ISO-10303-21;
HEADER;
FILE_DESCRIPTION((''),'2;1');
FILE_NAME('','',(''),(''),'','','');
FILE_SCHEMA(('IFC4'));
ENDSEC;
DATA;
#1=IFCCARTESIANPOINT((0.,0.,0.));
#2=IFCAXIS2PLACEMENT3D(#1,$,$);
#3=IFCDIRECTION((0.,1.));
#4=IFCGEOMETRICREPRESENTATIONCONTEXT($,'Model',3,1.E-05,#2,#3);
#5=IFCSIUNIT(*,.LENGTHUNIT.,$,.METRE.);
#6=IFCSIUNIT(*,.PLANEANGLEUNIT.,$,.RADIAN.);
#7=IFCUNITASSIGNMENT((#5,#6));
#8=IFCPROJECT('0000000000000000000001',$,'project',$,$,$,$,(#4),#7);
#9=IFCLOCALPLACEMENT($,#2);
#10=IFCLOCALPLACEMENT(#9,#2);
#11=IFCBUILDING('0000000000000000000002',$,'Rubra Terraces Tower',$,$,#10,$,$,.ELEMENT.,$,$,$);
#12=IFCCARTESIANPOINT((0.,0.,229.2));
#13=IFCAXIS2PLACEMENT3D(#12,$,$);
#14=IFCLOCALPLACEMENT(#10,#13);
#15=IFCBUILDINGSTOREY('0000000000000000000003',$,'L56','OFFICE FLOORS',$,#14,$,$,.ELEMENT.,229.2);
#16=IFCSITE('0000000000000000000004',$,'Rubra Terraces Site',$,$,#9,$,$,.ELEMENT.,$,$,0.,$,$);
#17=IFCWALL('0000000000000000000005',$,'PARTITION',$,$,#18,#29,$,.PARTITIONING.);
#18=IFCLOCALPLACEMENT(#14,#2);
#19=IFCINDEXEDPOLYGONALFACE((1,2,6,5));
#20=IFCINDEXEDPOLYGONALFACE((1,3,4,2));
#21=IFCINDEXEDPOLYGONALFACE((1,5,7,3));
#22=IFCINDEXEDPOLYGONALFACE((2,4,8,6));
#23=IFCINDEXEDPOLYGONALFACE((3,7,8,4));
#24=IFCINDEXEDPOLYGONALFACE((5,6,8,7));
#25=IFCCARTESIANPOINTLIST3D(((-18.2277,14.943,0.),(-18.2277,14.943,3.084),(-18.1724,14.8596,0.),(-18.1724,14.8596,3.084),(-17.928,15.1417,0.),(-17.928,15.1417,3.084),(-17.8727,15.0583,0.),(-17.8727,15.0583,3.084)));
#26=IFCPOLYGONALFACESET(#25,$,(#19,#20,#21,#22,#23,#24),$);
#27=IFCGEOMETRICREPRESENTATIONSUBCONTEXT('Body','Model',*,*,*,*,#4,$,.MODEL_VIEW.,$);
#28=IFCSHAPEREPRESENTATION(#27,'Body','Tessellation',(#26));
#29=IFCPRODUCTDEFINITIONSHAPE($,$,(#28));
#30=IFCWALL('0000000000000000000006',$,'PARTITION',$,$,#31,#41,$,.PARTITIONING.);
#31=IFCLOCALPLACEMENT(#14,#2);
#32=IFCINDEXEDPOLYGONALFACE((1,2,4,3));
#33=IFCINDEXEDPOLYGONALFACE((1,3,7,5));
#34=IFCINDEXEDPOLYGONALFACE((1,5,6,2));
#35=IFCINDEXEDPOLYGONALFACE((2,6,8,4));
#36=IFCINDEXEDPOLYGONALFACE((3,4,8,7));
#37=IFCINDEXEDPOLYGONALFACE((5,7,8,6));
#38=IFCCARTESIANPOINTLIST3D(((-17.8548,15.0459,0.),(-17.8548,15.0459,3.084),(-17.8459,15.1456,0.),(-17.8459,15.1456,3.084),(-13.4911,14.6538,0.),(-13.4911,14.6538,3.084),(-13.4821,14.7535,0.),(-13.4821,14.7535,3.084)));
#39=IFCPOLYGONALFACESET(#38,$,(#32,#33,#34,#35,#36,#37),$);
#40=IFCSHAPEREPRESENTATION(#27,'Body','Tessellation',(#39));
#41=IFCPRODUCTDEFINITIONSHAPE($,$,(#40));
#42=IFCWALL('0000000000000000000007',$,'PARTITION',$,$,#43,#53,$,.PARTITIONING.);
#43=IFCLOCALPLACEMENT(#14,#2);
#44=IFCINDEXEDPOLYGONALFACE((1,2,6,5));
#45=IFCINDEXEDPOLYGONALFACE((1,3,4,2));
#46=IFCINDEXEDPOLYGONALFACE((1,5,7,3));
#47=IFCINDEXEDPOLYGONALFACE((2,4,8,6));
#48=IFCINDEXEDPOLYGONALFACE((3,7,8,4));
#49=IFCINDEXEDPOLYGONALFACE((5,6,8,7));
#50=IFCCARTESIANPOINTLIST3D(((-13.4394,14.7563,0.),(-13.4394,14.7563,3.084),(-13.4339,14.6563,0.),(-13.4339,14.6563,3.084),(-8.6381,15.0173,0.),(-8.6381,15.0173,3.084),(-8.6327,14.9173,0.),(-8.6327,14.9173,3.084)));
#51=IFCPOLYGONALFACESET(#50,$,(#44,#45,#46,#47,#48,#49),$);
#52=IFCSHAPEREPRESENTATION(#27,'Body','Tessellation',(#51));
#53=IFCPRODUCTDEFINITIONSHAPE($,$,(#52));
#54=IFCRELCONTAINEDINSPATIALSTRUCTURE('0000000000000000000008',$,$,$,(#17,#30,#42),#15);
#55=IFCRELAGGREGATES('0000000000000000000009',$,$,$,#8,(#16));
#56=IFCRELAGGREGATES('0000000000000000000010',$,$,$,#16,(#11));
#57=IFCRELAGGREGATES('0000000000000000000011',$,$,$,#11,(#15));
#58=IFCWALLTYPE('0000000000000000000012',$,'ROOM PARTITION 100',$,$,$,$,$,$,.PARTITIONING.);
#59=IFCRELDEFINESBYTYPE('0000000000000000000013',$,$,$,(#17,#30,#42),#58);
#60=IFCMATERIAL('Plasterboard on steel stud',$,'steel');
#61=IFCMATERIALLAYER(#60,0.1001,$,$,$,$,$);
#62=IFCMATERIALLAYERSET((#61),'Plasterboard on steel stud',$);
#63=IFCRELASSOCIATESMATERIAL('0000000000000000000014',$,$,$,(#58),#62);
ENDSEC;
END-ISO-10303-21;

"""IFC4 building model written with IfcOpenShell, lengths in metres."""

from ifc_helpers import new_model, si_unit, direction, frame, frame_2d, origin, place, context, subcontext, project, spatial, rectangle, extrude, material, layer, layer_set, type_object, element, save


model = new_model("IFC4")

# Units and contexts
model_context = context("Model", 3, precision=1e-05, world=origin(), true_north=direction((0.0, 1.0)))
body_context = subcontext(model_context, "Body", "Model", "MODEL_VIEW")
ifc_project = project(units=[si_unit("LENGTHUNIT", "METRE"), si_unit("PLANEANGLEUNIT", "RADIAN")], contexts=[model_context])

# Site, building, storey
site_placement = place(None, origin())
site = spatial("IfcSite", under=ifc_project, at=site_placement, Name="Rubra Terraces Site", CompositionType="ELEMENT", RefElevation=0.0)
building_placement = place(site_placement, origin())
building = spatial("IfcBuilding", under=site, at=building_placement, Name="Rubra Terraces Tower", CompositionType="ELEMENT")
storey_placement = place(building_placement, frame((0.0, 0.0, 229.2)))
storey = spatial("IfcBuildingStorey", under=building, at=storey_placement, Name="L56", Description="OFFICE FLOORS", CompositionType="ELEMENT", Elevation=229.2)

# Walls
ifc_material_1 = material(Name="Plasterboard on steel stud", Category="steel")
ifc_layer_1 = layer(ifc_material_1, 0.1001)
ifc_layer_set_1 = layer_set([ifc_layer_1], Name="Plasterboard on steel stud")
wall_type_1 = type_object("IfcWallType", Name="ROOM PARTITION 100", PredefinedType="PARTITIONING", material=ifc_layer_set_1)
wall_1_placement = place(storey_placement, frame((-18.2, 14.9014, 0.0), z_axis=(0.0, 0.0, 1.0), x_axis=(0.833509, 0.552505, 0.0)))
element("IfcWall", 1, at=wall_1_placement, inside=storey, type_object=wall_type_1, Name="PARTITION", PredefinedType="PARTITIONING", context=body_context, shape_type="SweptSolid", body=[
    extrude(rectangle(XDim=0.3596, YDim=0.1001, at=frame_2d((0.1797, 0.0))), origin(), (0.0, 0.0, 1.0), 3.084),
])
wall_2_placement = place(storey_placement, frame((-17.8503, 15.0957, 0.0), z_axis=(0.0, 0.0, 1.0), x_axis=(0.995988, -0.089491, 0.0)))
element("IfcWall", 2, at=wall_2_placement, inside=storey, type_object=wall_type_1, Name="PARTITION", PredefinedType="PARTITIONING", context=body_context, shape_type="SweptSolid", body=[
    extrude(rectangle(XDim=4.3813, YDim=0.1001, at=frame_2d((2.1907, 0.0))), origin(), (0.0, 0.0, 1.0), 3.084),
])
wall_3_placement = place(storey_placement, frame((-13.4368, 14.7063, 0.0), z_axis=(0.0, 0.0, 1.0), x_axis=(0.998526, 0.054278, 0.0)))
element("IfcWall", 3, at=wall_3_placement, inside=storey, type_object=wall_type_1, Name="PARTITION", PredefinedType="PARTITIONING", context=body_context, shape_type="SweptSolid", body=[
    extrude(rectangle(XDim=4.8083, YDim=0.1001, at=frame_2d((2.4043, 0.0))), origin(), (0.0, 0.0, 1.0), 3.084),
])

save(model, "model.ifc")
